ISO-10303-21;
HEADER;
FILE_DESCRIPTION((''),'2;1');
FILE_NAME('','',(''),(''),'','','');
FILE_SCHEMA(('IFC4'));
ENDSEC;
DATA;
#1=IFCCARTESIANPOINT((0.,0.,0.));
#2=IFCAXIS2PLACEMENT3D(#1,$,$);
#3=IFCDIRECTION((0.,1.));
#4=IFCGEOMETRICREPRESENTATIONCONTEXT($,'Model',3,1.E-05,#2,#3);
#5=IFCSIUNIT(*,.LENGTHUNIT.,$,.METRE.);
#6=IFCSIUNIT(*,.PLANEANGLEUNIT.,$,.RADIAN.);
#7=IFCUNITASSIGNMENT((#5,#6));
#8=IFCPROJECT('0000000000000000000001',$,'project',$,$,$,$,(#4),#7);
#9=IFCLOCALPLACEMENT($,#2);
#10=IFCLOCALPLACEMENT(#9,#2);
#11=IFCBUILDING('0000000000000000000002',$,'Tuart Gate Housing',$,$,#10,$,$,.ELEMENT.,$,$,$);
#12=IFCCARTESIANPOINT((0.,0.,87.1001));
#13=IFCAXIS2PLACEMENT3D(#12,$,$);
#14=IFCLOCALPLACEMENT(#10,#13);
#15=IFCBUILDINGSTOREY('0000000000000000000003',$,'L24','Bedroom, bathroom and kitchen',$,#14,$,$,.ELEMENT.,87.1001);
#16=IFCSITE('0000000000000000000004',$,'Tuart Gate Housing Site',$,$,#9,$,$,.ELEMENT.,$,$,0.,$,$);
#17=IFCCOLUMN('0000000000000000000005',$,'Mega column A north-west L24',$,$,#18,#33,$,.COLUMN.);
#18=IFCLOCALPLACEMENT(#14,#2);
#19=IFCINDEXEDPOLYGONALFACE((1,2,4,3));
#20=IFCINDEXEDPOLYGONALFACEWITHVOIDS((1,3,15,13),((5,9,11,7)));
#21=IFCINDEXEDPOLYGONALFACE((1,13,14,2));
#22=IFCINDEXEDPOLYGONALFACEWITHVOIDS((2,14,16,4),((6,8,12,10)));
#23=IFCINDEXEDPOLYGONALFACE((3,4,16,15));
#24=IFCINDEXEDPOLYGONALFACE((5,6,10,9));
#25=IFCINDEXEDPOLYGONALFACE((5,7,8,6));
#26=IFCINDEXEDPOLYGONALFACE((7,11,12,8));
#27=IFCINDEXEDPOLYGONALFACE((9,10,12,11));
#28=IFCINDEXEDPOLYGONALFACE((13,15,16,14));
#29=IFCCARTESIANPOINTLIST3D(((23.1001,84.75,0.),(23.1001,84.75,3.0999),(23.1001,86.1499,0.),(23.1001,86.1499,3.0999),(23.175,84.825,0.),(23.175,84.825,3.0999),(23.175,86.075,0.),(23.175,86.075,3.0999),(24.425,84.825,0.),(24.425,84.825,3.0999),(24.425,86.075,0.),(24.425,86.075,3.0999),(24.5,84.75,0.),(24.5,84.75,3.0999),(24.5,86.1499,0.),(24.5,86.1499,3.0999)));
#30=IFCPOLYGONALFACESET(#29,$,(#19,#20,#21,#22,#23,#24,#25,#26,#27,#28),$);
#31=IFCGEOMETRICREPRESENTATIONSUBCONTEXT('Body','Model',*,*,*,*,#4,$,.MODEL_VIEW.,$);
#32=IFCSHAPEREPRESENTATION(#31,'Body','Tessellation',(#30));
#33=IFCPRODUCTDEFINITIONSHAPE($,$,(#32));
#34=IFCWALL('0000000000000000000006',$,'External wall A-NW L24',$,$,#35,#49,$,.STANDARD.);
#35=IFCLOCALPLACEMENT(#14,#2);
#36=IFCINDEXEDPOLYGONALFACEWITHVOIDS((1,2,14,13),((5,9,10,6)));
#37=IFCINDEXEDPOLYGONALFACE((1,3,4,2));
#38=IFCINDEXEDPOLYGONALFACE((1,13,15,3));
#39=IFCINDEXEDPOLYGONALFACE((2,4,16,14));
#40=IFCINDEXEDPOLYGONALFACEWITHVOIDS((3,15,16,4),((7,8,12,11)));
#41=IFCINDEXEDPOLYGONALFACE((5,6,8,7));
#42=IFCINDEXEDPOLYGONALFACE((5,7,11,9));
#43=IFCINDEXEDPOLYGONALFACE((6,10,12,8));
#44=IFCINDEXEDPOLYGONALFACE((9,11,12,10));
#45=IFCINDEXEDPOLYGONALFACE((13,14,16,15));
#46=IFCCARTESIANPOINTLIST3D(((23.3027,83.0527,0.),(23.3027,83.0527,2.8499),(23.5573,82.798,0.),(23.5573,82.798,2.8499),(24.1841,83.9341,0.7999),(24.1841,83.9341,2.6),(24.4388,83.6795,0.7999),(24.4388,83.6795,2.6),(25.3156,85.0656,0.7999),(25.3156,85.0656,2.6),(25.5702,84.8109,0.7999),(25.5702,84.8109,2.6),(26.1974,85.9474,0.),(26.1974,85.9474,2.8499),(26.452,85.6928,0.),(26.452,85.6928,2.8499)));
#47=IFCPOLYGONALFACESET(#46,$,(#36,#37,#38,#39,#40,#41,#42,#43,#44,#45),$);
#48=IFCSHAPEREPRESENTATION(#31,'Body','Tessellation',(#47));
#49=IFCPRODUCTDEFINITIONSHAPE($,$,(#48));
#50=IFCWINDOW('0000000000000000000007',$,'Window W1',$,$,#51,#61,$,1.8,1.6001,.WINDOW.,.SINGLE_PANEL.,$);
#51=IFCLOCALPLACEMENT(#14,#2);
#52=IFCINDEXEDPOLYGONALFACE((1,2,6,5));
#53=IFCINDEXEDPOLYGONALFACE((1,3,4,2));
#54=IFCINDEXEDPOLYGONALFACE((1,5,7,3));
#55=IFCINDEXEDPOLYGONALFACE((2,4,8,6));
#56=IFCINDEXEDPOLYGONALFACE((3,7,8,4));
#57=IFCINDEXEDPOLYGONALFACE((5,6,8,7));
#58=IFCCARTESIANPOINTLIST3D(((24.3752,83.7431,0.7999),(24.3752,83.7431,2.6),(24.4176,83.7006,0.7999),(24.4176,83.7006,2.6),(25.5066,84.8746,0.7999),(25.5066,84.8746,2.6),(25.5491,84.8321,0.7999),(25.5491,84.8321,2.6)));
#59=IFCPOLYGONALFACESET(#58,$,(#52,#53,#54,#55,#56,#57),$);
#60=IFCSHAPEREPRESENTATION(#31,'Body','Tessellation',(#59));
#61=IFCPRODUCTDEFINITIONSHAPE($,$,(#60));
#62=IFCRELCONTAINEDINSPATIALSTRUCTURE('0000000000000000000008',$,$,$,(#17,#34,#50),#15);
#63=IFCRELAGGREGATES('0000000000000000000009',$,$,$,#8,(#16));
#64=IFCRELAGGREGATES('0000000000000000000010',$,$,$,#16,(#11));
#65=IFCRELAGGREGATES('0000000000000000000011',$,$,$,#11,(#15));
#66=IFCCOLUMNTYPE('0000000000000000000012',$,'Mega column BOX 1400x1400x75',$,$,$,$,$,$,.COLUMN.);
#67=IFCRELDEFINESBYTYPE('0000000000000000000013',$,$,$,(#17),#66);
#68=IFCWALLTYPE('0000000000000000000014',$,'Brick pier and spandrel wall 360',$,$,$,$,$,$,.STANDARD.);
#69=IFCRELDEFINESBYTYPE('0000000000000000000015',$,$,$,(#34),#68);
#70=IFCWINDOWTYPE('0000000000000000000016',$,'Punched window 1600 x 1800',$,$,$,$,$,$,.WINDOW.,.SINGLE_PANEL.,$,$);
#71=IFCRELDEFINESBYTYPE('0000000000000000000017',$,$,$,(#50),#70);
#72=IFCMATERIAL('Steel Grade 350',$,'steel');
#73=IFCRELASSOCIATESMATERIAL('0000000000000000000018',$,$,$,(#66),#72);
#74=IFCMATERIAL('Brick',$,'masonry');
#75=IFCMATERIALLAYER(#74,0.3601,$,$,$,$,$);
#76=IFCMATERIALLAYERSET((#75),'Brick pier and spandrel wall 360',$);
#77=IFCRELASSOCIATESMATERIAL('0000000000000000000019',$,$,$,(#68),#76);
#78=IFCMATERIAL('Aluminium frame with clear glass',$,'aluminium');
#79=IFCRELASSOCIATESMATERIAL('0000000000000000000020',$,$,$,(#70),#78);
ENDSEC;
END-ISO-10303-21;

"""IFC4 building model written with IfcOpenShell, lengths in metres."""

from ifc_helpers import new_model, si_unit, direction, frame, frame_2d, origin, origin_2d, place, context, subcontext, project, spatial, rectangle, hollow_rectangle, extrude, material, layer, layer_set, material_profile, profile_set, type_object, element, fill, save


model = new_model("IFC4")

# Units and contexts
model_context = context("Model", 3, precision=1e-05, world=origin(), true_north=direction((0.0, 1.0)))
body_context = subcontext(model_context, "Body", "Model", "MODEL_VIEW")
ifc_project = project(units=[si_unit("LENGTHUNIT", "METRE"), si_unit("PLANEANGLEUNIT", "RADIAN")], contexts=[model_context])

# Site, building, storey
site_placement = place(None, origin())
site = spatial("IfcSite", under=ifc_project, at=site_placement, Name="Tuart Gate Housing Site", CompositionType="ELEMENT", RefElevation=0.0)
building_placement = place(site_placement, origin())
building = spatial("IfcBuilding", under=site, at=building_placement, Name="Tuart Gate Housing", CompositionType="ELEMENT")
storey_placement = place(building_placement, frame((0.0, 0.0, 87.1001)))
storey = spatial("IfcBuildingStorey", under=building, at=storey_placement, Name="L24", Description="Bedroom, bathroom and kitchen", CompositionType="ELEMENT", Elevation=87.1001)

# Column
ifc_material_1 = material(Name="Steel Grade 350", Category="steel")
ifc_material_profile = material_profile(ifc_material_1, hollow_rectangle(XDim=1.3999, YDim=1.3999, WallThickness=0.075, at=origin_2d()), Name="BOX 1400x1400x75")
ifc_profile_set = profile_set([ifc_material_profile], Name="Steel Grade 350")
column_type = type_object("IfcColumnType", Name="Mega column BOX 1400x1400x75", PredefinedType="COLUMN", material=ifc_profile_set)
column_placement = place(storey_placement, frame((23.8, 85.45, 0.0), z_axis=(0.0, 0.0, 1.0), x_axis=(1.0, 0.0, 0.0)))
element("IfcColumn", 1, at=column_placement, inside=storey, type_object=column_type, Name="Mega column A north-west L24", PredefinedType="COLUMN", context=body_context, shape_type="SweptSolid", body=[
    extrude(hollow_rectangle(XDim=1.3999, YDim=1.3999, WallThickness=0.075, at=origin_2d()), origin(), (0.0, 0.0, 1.0), 3.0999),
])

# Wall, opening, window
ifc_material_2 = material(Name="Brick", Category="masonry")
ifc_layer_1 = layer(ifc_material_2, 0.3601)
ifc_layer_set_1 = layer_set([ifc_layer_1], Name="Brick pier and spandrel wall 360")
wall_type_1 = type_object("IfcWallType", Name="Brick pier and spandrel wall 360", PredefinedType="STANDARD", material=ifc_layer_set_1)
wall_1_placement = place(storey_placement, frame((26.3247, 85.8201, 0.0), z_axis=(0.0, 0.0, 1.0), x_axis=(-0.707107, -0.707107, 0.0)))
wall_1 = element("IfcWall", 2, at=wall_1_placement, inside=storey, type_object=wall_type_1, Name="External wall A-NW L24", PredefinedType="STANDARD", context=body_context, shape_type="SweptSolid", body=[
    extrude(rectangle(XDim=4.0938, YDim=0.3601, at=frame_2d((2.0469, 0.0))), origin(), (0.0, 0.0, 1.0), 2.8499),
])
opening_1_placement = place(wall_1_placement, frame((1.2471, 0.0, 0.8)))
opening_1 = element("IfcOpeningElement", 3, at=opening_1_placement, cuts=wall_1, PredefinedType="OPENING", context=body_context, shape_type="SweptSolid", body=[
    extrude(rectangle(XDim=1.6001, YDim=1.8, at=frame_2d((0.8, 0.8999))), frame((0.0, 0.1899, 0.0), z_axis=(0.0, -1.0, 0.0), x_axis=(1.0, 0.0, 0.0)), (0.0, 0.0, 1.0), 0.3801),
])
ifc_material_3 = material(Name="Aluminium frame with clear glass", Category="aluminium")
window_type = type_object("IfcWindowType", Name="Punched window 1600 x 1800", PartitioningType="SINGLE_PANEL", PredefinedType="WINDOW", material=ifc_material_3)
window_1_placement = place(opening_1_placement, origin())
window_1 = element("IfcWindow", 4, at=window_1_placement, inside=storey, type_object=window_type, Name="Window W1", OverallHeight=1.8, OverallWidth=1.6001, PartitioningType="SINGLE_PANEL", PredefinedType="WINDOW", context=body_context, shape_type="SweptSolid", body=[
    extrude(rectangle(XDim=1.6001, YDim=1.8, at=frame_2d((0.8, 0.8999))), frame((0.0, 0.1501, 0.0), z_axis=(0.0, -1.0, 0.0), x_axis=(1.0, 0.0, 0.0)), (0.0, 0.0, 1.0), 0.0601),
])
fill(opening_1, window_1)

save(model, "model.ifc")
